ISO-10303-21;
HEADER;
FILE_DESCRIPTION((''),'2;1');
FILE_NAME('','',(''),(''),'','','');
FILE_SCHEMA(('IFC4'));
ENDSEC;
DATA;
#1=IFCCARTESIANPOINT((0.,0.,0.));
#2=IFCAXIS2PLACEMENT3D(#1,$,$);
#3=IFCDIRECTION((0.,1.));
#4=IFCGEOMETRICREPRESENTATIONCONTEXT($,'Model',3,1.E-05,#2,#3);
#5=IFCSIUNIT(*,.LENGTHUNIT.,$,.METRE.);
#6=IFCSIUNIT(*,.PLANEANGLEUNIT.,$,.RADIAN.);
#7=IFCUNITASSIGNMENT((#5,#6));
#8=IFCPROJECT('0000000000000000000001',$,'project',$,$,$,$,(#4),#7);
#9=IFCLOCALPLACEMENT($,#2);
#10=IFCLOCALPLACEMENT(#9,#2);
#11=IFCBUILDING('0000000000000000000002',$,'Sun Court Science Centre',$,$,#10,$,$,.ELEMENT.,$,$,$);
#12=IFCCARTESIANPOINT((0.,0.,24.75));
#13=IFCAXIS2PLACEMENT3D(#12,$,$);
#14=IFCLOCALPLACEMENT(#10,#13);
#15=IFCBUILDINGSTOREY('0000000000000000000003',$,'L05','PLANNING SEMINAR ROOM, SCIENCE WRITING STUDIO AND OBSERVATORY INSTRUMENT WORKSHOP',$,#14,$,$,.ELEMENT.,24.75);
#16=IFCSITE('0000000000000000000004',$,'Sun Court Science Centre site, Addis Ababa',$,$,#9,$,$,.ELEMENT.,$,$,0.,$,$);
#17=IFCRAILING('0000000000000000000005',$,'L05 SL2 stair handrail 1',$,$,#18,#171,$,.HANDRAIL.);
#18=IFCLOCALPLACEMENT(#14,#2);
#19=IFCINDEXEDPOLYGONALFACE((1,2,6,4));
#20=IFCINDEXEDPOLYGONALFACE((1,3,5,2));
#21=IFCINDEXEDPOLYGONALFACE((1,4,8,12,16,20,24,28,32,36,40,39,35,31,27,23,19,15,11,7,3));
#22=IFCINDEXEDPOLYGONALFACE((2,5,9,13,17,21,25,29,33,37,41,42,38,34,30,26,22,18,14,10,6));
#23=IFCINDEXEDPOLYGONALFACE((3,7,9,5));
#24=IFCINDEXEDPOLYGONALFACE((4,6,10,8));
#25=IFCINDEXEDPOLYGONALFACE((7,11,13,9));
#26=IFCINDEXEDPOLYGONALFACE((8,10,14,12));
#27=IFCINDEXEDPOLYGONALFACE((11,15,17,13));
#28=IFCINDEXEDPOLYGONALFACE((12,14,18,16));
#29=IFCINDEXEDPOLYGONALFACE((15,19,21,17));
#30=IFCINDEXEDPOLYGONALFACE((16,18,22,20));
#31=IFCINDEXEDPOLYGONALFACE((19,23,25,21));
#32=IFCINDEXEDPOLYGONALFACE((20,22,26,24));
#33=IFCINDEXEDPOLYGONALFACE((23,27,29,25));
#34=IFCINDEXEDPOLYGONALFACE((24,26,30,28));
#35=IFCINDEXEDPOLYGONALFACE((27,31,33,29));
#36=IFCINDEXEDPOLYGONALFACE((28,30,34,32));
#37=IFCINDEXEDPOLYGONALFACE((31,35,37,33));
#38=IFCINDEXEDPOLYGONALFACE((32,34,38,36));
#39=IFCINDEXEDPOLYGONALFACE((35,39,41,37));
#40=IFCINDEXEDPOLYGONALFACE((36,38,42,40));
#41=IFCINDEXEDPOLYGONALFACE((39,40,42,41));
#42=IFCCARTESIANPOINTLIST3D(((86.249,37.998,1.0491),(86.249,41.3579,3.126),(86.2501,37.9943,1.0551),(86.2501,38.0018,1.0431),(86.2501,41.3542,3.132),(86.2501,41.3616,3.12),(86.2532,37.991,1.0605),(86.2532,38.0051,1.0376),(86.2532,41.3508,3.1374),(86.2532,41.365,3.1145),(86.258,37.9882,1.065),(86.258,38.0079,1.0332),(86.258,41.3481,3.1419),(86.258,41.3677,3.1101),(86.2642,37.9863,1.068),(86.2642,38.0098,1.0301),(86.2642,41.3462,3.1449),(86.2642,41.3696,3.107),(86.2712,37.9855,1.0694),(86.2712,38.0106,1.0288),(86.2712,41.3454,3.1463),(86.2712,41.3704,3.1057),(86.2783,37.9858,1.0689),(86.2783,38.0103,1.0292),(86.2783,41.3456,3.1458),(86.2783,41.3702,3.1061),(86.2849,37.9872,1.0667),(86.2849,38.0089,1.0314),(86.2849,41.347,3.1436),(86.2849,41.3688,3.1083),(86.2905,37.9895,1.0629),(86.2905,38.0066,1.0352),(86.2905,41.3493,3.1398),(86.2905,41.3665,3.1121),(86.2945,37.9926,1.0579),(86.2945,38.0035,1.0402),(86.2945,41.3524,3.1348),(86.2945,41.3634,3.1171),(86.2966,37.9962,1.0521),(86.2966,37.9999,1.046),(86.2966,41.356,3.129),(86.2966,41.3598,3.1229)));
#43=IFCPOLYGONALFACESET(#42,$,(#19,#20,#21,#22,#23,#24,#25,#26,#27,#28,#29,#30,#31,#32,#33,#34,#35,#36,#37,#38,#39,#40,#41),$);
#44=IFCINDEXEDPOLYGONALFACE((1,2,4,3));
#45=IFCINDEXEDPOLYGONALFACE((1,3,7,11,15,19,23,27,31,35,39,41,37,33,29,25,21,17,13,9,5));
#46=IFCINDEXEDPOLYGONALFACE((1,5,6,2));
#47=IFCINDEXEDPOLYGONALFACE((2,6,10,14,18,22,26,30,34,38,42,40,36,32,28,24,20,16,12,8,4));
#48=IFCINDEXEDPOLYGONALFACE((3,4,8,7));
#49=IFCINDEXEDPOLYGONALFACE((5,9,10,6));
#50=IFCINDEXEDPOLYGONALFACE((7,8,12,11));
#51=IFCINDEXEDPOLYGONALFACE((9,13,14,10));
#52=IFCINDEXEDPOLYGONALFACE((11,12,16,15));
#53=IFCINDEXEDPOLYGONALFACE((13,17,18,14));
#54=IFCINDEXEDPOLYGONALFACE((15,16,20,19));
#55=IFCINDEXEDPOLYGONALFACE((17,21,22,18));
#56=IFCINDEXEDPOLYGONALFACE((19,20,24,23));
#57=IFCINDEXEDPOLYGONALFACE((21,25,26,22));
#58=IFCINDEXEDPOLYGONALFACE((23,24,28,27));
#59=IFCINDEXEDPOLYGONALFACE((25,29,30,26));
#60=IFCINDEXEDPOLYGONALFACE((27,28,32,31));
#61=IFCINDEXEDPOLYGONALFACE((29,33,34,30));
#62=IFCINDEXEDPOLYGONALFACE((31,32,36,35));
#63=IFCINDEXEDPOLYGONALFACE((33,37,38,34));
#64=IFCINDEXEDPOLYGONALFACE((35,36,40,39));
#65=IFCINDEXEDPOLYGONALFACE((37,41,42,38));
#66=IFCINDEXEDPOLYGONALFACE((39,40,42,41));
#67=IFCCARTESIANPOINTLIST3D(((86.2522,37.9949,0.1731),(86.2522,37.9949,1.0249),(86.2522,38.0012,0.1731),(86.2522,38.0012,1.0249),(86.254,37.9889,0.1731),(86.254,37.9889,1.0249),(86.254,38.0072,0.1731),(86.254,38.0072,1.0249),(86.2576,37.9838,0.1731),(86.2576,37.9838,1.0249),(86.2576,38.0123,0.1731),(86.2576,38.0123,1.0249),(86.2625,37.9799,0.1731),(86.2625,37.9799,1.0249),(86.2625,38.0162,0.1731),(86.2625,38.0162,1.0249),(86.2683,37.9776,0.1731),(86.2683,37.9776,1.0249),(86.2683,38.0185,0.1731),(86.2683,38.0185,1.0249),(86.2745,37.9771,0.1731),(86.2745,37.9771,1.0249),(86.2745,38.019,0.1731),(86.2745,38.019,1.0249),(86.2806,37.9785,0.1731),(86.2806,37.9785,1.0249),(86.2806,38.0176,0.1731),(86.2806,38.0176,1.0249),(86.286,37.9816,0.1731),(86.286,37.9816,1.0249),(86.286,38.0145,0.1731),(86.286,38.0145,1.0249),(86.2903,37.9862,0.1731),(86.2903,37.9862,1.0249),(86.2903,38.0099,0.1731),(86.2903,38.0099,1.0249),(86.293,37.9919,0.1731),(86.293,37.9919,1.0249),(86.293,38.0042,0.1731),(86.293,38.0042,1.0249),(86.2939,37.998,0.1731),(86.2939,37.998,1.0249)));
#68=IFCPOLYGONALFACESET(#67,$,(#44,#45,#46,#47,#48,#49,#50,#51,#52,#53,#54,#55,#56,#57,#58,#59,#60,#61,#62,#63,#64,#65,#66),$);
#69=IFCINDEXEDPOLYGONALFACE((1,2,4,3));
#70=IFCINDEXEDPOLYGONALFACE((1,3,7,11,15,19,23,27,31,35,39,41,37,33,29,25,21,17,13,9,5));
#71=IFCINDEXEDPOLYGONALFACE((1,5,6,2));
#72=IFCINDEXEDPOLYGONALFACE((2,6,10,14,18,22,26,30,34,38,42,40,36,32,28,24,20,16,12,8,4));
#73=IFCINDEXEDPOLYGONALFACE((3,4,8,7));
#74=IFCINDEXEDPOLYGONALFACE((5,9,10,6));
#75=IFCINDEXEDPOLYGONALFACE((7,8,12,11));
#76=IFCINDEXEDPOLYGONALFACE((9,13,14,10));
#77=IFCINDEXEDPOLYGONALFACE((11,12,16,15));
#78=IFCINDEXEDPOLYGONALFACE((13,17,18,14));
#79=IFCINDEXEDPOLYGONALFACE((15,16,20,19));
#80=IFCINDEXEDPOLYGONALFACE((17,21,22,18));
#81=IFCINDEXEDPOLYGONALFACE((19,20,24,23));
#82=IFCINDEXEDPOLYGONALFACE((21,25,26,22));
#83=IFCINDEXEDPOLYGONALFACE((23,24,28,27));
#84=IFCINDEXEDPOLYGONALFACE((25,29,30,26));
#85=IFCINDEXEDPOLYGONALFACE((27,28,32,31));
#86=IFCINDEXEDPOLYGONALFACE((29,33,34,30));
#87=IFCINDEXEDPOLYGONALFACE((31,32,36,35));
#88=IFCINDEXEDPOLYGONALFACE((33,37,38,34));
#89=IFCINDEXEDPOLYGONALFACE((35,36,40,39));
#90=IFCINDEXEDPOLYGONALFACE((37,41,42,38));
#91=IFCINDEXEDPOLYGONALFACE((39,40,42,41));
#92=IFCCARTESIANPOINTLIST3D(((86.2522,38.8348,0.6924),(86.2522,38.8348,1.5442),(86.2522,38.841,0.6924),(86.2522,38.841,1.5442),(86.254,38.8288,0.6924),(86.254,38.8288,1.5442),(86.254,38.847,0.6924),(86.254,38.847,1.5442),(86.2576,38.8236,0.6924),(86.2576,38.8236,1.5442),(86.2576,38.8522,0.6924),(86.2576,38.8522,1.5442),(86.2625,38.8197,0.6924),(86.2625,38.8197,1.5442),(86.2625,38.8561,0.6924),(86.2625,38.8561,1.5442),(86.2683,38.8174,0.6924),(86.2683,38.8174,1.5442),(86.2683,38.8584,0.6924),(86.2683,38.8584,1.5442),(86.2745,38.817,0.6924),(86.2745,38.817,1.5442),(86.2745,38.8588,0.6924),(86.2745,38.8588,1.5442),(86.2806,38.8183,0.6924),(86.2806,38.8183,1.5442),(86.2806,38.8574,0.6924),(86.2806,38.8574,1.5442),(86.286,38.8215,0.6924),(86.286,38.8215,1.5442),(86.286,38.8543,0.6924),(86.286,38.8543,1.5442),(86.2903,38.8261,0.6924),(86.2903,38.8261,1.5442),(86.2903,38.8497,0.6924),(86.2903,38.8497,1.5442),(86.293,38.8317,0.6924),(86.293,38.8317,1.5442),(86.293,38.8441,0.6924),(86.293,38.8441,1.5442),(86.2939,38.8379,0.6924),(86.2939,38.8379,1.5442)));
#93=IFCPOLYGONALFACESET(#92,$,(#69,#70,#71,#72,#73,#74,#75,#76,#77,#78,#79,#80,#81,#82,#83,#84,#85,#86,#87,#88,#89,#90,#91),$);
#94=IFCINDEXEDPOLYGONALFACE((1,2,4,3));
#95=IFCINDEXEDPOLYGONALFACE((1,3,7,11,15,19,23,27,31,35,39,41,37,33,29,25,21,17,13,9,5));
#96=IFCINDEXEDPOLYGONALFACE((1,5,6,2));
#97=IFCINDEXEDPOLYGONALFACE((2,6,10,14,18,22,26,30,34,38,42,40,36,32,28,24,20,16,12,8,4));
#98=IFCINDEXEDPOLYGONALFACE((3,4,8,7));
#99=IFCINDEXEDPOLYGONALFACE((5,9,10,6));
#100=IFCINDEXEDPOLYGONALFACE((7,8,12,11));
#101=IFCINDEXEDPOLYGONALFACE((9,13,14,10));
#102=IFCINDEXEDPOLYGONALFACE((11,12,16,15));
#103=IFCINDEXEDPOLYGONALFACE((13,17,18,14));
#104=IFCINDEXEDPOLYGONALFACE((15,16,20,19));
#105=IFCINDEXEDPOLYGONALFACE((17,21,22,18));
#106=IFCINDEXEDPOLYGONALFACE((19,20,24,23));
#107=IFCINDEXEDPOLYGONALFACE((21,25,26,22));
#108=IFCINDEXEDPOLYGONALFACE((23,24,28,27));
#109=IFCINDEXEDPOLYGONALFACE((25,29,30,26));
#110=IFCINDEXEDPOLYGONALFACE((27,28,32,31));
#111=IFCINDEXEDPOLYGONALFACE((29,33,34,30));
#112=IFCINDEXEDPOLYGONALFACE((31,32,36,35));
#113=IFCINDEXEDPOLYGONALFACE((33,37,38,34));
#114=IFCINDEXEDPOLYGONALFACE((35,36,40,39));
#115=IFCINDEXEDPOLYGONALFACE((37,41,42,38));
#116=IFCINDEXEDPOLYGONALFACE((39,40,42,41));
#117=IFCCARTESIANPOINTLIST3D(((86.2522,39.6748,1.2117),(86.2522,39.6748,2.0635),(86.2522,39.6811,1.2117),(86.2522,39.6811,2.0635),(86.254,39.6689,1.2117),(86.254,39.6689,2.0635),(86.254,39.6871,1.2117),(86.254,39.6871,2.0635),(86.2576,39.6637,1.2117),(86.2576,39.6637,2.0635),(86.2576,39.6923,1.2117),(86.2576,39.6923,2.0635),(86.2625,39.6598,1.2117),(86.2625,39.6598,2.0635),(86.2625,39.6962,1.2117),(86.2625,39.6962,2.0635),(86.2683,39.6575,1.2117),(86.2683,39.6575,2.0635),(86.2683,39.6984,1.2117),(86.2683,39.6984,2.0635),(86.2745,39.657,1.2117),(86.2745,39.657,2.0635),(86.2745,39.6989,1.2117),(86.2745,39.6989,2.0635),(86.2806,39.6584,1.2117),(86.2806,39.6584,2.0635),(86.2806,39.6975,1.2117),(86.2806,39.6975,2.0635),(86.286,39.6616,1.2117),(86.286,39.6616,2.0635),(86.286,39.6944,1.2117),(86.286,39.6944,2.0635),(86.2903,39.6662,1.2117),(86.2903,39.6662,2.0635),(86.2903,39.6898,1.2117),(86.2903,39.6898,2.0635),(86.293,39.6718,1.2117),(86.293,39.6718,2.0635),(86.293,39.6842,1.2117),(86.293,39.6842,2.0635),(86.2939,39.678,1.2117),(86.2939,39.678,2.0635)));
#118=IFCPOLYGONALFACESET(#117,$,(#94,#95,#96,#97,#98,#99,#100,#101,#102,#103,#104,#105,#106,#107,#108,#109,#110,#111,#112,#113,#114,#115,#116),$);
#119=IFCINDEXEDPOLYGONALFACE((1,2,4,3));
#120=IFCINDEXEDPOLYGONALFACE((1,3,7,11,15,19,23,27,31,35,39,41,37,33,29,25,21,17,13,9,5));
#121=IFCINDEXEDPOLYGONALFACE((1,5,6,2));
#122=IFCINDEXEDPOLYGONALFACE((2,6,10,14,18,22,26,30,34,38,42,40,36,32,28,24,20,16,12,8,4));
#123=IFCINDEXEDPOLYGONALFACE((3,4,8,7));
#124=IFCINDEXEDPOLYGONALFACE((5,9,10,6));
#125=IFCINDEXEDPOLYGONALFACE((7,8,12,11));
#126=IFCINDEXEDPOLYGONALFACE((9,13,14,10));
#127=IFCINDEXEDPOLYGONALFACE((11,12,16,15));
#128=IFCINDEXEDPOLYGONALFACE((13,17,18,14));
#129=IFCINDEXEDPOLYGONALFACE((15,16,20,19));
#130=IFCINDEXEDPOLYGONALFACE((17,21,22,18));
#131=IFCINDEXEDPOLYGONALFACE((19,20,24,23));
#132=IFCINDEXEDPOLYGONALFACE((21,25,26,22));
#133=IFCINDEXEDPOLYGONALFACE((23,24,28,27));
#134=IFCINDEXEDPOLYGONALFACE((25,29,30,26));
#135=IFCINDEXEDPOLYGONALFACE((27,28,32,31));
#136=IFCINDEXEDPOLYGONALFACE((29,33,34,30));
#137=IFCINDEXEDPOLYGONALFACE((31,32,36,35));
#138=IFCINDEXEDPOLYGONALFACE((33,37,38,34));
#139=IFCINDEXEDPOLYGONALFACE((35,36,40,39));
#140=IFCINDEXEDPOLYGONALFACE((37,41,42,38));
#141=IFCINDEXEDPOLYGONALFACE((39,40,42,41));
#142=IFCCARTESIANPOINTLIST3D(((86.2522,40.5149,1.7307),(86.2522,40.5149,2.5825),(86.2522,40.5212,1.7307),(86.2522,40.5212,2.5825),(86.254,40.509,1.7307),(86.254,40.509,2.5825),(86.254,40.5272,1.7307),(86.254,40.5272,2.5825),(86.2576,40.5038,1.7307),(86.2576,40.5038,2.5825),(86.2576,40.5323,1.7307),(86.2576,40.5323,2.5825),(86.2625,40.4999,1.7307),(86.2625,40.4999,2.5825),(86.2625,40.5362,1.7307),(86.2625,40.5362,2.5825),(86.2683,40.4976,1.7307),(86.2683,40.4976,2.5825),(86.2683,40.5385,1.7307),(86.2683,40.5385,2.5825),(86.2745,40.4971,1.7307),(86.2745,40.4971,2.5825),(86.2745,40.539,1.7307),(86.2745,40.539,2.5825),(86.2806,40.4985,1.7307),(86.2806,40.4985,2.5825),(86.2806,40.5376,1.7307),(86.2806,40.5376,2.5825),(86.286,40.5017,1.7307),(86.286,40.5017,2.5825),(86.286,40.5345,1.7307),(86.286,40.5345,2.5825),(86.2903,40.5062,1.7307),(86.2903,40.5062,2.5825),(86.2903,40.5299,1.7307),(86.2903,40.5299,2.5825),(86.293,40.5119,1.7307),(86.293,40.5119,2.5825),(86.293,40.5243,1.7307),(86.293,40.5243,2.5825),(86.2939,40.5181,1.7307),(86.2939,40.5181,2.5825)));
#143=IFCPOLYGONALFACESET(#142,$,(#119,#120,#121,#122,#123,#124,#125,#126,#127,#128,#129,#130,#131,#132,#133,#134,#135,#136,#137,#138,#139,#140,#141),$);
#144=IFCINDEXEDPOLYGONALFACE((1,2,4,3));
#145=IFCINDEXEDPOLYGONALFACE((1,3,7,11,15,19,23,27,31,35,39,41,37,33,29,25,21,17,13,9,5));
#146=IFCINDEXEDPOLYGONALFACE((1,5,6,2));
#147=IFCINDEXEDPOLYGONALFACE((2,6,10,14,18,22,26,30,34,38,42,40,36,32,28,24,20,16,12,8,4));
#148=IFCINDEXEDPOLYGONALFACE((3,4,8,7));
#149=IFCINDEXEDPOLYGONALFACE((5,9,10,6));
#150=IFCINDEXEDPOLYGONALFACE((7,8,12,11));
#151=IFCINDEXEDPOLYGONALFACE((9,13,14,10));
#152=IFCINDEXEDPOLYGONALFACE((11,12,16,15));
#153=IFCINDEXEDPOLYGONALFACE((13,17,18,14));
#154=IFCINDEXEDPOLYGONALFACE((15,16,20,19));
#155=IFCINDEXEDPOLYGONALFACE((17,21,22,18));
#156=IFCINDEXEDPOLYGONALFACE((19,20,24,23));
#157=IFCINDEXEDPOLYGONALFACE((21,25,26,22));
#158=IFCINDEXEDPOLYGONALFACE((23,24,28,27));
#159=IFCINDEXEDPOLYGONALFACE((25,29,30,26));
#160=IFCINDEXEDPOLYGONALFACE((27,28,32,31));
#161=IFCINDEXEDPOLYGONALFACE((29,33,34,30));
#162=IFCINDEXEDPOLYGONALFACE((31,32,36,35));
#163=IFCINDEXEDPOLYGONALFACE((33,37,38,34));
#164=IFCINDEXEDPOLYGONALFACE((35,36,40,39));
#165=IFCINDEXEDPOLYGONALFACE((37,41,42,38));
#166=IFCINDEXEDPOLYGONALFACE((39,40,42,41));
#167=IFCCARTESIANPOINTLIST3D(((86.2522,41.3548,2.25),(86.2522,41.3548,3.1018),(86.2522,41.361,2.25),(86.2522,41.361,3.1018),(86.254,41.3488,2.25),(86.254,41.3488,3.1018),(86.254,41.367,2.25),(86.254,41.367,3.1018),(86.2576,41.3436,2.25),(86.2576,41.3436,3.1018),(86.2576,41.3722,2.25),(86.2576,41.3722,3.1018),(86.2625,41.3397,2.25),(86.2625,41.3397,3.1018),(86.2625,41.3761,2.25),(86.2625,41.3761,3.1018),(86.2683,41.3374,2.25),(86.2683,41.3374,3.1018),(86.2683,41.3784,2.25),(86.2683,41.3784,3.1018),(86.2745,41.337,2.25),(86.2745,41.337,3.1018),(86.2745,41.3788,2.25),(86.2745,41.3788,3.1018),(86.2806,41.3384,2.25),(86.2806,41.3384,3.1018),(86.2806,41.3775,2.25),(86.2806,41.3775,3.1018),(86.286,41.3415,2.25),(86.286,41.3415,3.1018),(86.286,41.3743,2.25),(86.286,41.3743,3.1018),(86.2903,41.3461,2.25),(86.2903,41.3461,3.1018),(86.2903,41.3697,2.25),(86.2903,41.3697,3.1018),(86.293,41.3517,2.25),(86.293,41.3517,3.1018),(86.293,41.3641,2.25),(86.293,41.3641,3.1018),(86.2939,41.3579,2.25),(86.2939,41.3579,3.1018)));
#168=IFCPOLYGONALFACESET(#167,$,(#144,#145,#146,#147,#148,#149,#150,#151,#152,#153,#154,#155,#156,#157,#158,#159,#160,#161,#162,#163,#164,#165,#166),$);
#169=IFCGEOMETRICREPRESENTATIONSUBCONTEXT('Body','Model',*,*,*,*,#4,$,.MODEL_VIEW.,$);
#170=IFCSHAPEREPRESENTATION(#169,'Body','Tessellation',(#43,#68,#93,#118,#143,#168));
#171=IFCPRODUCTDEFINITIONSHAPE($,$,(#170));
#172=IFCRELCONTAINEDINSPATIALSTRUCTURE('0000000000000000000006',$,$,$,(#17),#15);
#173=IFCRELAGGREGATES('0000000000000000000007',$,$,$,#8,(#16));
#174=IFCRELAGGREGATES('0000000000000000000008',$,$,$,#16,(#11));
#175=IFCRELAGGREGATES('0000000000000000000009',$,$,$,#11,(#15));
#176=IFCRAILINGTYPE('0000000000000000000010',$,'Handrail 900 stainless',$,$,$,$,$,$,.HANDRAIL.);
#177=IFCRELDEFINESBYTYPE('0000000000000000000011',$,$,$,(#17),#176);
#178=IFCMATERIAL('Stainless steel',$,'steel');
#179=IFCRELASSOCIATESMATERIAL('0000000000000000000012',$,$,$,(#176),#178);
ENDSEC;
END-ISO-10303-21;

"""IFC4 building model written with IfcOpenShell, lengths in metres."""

from ifc_helpers import new_model, si_unit, direction, frame, origin, origin_2d, place, context, subcontext, project, spatial, circle, extrude, material, type_object, element, save


model = new_model("IFC4")

# Units and contexts
model_context = context("Model", 3, precision=1e-05, world=origin(), true_north=direction((0.0, 1.0)))
body_context = subcontext(model_context, "Body", "Model", "MODEL_VIEW")
ifc_project = project(units=[si_unit("LENGTHUNIT", "METRE"), si_unit("PLANEANGLEUNIT", "RADIAN")], contexts=[model_context])

# Site, building, storey
site_placement = place(None, origin())
site = spatial("IfcSite", under=ifc_project, at=site_placement, Name="Sun Court Science Centre site, Addis Ababa", CompositionType="ELEMENT", RefElevation=0.0)
building_placement = place(site_placement, origin())
building = spatial("IfcBuilding", under=site, at=building_placement, Name="Sun Court Science Centre", CompositionType="ELEMENT")
storey_placement = place(building_placement, frame((0.0, 0.0, 24.75)))
storey = spatial("IfcBuildingStorey", under=building, at=storey_placement, Name="L05", Description="PLANNING SEMINAR ROOM, SCIENCE WRITING STUDIO AND OBSERVATORY INSTRUMENT WORKSHOP", CompositionType="ELEMENT", Elevation=24.75)

# Railing
ifc_material_1 = material(Name="Stainless steel", Category="steel")
railing_type_1 = type_object("IfcRailingType", Name="Handrail 900 stainless", PredefinedType="HANDRAIL", material=ifc_material_1)
railing_1_placement = place(storey_placement, frame((86.2729, 37.998, 0.1731)))
element("IfcRailing", 1, at=railing_1_placement, inside=storey, type_object=railing_type_1, Name="L05 SL2 stair handrail 1", PredefinedType="HANDRAIL", context=body_context, shape_type="SweptSolid", body=[
    extrude(circle(Radius=0.0239, at=origin_2d()), frame((0.0, 0.0, 0.876), z_axis=(0.0, 0.850606, 0.525803), x_axis=(-1.0, 0.0, 0.0)), (0.0, 0.0, 1.0), 3.95),
    extrude(circle(Radius=0.021, at=origin_2d()), origin(), (0.0, 0.0, 1.0), 0.8518),
    extrude(circle(Radius=0.021, at=origin_2d()), frame((0.0, 0.8398, 0.5193)), (0.0, 0.0, 1.0), 0.8518),
    extrude(circle(Radius=0.021, at=origin_2d()), frame((0.0, 1.6799, 1.0386)), (0.0, 0.0, 1.0), 0.8518),
    extrude(circle(Radius=0.021, at=origin_2d()), frame((0.0, 2.52, 1.5576)), (0.0, 0.0, 1.0), 0.8518),
    extrude(circle(Radius=0.021, at=origin_2d()), frame((0.0, 3.3599, 2.0769)), (0.0, 0.0, 1.0), 0.8518),
])

save(model, "model.ifc")
